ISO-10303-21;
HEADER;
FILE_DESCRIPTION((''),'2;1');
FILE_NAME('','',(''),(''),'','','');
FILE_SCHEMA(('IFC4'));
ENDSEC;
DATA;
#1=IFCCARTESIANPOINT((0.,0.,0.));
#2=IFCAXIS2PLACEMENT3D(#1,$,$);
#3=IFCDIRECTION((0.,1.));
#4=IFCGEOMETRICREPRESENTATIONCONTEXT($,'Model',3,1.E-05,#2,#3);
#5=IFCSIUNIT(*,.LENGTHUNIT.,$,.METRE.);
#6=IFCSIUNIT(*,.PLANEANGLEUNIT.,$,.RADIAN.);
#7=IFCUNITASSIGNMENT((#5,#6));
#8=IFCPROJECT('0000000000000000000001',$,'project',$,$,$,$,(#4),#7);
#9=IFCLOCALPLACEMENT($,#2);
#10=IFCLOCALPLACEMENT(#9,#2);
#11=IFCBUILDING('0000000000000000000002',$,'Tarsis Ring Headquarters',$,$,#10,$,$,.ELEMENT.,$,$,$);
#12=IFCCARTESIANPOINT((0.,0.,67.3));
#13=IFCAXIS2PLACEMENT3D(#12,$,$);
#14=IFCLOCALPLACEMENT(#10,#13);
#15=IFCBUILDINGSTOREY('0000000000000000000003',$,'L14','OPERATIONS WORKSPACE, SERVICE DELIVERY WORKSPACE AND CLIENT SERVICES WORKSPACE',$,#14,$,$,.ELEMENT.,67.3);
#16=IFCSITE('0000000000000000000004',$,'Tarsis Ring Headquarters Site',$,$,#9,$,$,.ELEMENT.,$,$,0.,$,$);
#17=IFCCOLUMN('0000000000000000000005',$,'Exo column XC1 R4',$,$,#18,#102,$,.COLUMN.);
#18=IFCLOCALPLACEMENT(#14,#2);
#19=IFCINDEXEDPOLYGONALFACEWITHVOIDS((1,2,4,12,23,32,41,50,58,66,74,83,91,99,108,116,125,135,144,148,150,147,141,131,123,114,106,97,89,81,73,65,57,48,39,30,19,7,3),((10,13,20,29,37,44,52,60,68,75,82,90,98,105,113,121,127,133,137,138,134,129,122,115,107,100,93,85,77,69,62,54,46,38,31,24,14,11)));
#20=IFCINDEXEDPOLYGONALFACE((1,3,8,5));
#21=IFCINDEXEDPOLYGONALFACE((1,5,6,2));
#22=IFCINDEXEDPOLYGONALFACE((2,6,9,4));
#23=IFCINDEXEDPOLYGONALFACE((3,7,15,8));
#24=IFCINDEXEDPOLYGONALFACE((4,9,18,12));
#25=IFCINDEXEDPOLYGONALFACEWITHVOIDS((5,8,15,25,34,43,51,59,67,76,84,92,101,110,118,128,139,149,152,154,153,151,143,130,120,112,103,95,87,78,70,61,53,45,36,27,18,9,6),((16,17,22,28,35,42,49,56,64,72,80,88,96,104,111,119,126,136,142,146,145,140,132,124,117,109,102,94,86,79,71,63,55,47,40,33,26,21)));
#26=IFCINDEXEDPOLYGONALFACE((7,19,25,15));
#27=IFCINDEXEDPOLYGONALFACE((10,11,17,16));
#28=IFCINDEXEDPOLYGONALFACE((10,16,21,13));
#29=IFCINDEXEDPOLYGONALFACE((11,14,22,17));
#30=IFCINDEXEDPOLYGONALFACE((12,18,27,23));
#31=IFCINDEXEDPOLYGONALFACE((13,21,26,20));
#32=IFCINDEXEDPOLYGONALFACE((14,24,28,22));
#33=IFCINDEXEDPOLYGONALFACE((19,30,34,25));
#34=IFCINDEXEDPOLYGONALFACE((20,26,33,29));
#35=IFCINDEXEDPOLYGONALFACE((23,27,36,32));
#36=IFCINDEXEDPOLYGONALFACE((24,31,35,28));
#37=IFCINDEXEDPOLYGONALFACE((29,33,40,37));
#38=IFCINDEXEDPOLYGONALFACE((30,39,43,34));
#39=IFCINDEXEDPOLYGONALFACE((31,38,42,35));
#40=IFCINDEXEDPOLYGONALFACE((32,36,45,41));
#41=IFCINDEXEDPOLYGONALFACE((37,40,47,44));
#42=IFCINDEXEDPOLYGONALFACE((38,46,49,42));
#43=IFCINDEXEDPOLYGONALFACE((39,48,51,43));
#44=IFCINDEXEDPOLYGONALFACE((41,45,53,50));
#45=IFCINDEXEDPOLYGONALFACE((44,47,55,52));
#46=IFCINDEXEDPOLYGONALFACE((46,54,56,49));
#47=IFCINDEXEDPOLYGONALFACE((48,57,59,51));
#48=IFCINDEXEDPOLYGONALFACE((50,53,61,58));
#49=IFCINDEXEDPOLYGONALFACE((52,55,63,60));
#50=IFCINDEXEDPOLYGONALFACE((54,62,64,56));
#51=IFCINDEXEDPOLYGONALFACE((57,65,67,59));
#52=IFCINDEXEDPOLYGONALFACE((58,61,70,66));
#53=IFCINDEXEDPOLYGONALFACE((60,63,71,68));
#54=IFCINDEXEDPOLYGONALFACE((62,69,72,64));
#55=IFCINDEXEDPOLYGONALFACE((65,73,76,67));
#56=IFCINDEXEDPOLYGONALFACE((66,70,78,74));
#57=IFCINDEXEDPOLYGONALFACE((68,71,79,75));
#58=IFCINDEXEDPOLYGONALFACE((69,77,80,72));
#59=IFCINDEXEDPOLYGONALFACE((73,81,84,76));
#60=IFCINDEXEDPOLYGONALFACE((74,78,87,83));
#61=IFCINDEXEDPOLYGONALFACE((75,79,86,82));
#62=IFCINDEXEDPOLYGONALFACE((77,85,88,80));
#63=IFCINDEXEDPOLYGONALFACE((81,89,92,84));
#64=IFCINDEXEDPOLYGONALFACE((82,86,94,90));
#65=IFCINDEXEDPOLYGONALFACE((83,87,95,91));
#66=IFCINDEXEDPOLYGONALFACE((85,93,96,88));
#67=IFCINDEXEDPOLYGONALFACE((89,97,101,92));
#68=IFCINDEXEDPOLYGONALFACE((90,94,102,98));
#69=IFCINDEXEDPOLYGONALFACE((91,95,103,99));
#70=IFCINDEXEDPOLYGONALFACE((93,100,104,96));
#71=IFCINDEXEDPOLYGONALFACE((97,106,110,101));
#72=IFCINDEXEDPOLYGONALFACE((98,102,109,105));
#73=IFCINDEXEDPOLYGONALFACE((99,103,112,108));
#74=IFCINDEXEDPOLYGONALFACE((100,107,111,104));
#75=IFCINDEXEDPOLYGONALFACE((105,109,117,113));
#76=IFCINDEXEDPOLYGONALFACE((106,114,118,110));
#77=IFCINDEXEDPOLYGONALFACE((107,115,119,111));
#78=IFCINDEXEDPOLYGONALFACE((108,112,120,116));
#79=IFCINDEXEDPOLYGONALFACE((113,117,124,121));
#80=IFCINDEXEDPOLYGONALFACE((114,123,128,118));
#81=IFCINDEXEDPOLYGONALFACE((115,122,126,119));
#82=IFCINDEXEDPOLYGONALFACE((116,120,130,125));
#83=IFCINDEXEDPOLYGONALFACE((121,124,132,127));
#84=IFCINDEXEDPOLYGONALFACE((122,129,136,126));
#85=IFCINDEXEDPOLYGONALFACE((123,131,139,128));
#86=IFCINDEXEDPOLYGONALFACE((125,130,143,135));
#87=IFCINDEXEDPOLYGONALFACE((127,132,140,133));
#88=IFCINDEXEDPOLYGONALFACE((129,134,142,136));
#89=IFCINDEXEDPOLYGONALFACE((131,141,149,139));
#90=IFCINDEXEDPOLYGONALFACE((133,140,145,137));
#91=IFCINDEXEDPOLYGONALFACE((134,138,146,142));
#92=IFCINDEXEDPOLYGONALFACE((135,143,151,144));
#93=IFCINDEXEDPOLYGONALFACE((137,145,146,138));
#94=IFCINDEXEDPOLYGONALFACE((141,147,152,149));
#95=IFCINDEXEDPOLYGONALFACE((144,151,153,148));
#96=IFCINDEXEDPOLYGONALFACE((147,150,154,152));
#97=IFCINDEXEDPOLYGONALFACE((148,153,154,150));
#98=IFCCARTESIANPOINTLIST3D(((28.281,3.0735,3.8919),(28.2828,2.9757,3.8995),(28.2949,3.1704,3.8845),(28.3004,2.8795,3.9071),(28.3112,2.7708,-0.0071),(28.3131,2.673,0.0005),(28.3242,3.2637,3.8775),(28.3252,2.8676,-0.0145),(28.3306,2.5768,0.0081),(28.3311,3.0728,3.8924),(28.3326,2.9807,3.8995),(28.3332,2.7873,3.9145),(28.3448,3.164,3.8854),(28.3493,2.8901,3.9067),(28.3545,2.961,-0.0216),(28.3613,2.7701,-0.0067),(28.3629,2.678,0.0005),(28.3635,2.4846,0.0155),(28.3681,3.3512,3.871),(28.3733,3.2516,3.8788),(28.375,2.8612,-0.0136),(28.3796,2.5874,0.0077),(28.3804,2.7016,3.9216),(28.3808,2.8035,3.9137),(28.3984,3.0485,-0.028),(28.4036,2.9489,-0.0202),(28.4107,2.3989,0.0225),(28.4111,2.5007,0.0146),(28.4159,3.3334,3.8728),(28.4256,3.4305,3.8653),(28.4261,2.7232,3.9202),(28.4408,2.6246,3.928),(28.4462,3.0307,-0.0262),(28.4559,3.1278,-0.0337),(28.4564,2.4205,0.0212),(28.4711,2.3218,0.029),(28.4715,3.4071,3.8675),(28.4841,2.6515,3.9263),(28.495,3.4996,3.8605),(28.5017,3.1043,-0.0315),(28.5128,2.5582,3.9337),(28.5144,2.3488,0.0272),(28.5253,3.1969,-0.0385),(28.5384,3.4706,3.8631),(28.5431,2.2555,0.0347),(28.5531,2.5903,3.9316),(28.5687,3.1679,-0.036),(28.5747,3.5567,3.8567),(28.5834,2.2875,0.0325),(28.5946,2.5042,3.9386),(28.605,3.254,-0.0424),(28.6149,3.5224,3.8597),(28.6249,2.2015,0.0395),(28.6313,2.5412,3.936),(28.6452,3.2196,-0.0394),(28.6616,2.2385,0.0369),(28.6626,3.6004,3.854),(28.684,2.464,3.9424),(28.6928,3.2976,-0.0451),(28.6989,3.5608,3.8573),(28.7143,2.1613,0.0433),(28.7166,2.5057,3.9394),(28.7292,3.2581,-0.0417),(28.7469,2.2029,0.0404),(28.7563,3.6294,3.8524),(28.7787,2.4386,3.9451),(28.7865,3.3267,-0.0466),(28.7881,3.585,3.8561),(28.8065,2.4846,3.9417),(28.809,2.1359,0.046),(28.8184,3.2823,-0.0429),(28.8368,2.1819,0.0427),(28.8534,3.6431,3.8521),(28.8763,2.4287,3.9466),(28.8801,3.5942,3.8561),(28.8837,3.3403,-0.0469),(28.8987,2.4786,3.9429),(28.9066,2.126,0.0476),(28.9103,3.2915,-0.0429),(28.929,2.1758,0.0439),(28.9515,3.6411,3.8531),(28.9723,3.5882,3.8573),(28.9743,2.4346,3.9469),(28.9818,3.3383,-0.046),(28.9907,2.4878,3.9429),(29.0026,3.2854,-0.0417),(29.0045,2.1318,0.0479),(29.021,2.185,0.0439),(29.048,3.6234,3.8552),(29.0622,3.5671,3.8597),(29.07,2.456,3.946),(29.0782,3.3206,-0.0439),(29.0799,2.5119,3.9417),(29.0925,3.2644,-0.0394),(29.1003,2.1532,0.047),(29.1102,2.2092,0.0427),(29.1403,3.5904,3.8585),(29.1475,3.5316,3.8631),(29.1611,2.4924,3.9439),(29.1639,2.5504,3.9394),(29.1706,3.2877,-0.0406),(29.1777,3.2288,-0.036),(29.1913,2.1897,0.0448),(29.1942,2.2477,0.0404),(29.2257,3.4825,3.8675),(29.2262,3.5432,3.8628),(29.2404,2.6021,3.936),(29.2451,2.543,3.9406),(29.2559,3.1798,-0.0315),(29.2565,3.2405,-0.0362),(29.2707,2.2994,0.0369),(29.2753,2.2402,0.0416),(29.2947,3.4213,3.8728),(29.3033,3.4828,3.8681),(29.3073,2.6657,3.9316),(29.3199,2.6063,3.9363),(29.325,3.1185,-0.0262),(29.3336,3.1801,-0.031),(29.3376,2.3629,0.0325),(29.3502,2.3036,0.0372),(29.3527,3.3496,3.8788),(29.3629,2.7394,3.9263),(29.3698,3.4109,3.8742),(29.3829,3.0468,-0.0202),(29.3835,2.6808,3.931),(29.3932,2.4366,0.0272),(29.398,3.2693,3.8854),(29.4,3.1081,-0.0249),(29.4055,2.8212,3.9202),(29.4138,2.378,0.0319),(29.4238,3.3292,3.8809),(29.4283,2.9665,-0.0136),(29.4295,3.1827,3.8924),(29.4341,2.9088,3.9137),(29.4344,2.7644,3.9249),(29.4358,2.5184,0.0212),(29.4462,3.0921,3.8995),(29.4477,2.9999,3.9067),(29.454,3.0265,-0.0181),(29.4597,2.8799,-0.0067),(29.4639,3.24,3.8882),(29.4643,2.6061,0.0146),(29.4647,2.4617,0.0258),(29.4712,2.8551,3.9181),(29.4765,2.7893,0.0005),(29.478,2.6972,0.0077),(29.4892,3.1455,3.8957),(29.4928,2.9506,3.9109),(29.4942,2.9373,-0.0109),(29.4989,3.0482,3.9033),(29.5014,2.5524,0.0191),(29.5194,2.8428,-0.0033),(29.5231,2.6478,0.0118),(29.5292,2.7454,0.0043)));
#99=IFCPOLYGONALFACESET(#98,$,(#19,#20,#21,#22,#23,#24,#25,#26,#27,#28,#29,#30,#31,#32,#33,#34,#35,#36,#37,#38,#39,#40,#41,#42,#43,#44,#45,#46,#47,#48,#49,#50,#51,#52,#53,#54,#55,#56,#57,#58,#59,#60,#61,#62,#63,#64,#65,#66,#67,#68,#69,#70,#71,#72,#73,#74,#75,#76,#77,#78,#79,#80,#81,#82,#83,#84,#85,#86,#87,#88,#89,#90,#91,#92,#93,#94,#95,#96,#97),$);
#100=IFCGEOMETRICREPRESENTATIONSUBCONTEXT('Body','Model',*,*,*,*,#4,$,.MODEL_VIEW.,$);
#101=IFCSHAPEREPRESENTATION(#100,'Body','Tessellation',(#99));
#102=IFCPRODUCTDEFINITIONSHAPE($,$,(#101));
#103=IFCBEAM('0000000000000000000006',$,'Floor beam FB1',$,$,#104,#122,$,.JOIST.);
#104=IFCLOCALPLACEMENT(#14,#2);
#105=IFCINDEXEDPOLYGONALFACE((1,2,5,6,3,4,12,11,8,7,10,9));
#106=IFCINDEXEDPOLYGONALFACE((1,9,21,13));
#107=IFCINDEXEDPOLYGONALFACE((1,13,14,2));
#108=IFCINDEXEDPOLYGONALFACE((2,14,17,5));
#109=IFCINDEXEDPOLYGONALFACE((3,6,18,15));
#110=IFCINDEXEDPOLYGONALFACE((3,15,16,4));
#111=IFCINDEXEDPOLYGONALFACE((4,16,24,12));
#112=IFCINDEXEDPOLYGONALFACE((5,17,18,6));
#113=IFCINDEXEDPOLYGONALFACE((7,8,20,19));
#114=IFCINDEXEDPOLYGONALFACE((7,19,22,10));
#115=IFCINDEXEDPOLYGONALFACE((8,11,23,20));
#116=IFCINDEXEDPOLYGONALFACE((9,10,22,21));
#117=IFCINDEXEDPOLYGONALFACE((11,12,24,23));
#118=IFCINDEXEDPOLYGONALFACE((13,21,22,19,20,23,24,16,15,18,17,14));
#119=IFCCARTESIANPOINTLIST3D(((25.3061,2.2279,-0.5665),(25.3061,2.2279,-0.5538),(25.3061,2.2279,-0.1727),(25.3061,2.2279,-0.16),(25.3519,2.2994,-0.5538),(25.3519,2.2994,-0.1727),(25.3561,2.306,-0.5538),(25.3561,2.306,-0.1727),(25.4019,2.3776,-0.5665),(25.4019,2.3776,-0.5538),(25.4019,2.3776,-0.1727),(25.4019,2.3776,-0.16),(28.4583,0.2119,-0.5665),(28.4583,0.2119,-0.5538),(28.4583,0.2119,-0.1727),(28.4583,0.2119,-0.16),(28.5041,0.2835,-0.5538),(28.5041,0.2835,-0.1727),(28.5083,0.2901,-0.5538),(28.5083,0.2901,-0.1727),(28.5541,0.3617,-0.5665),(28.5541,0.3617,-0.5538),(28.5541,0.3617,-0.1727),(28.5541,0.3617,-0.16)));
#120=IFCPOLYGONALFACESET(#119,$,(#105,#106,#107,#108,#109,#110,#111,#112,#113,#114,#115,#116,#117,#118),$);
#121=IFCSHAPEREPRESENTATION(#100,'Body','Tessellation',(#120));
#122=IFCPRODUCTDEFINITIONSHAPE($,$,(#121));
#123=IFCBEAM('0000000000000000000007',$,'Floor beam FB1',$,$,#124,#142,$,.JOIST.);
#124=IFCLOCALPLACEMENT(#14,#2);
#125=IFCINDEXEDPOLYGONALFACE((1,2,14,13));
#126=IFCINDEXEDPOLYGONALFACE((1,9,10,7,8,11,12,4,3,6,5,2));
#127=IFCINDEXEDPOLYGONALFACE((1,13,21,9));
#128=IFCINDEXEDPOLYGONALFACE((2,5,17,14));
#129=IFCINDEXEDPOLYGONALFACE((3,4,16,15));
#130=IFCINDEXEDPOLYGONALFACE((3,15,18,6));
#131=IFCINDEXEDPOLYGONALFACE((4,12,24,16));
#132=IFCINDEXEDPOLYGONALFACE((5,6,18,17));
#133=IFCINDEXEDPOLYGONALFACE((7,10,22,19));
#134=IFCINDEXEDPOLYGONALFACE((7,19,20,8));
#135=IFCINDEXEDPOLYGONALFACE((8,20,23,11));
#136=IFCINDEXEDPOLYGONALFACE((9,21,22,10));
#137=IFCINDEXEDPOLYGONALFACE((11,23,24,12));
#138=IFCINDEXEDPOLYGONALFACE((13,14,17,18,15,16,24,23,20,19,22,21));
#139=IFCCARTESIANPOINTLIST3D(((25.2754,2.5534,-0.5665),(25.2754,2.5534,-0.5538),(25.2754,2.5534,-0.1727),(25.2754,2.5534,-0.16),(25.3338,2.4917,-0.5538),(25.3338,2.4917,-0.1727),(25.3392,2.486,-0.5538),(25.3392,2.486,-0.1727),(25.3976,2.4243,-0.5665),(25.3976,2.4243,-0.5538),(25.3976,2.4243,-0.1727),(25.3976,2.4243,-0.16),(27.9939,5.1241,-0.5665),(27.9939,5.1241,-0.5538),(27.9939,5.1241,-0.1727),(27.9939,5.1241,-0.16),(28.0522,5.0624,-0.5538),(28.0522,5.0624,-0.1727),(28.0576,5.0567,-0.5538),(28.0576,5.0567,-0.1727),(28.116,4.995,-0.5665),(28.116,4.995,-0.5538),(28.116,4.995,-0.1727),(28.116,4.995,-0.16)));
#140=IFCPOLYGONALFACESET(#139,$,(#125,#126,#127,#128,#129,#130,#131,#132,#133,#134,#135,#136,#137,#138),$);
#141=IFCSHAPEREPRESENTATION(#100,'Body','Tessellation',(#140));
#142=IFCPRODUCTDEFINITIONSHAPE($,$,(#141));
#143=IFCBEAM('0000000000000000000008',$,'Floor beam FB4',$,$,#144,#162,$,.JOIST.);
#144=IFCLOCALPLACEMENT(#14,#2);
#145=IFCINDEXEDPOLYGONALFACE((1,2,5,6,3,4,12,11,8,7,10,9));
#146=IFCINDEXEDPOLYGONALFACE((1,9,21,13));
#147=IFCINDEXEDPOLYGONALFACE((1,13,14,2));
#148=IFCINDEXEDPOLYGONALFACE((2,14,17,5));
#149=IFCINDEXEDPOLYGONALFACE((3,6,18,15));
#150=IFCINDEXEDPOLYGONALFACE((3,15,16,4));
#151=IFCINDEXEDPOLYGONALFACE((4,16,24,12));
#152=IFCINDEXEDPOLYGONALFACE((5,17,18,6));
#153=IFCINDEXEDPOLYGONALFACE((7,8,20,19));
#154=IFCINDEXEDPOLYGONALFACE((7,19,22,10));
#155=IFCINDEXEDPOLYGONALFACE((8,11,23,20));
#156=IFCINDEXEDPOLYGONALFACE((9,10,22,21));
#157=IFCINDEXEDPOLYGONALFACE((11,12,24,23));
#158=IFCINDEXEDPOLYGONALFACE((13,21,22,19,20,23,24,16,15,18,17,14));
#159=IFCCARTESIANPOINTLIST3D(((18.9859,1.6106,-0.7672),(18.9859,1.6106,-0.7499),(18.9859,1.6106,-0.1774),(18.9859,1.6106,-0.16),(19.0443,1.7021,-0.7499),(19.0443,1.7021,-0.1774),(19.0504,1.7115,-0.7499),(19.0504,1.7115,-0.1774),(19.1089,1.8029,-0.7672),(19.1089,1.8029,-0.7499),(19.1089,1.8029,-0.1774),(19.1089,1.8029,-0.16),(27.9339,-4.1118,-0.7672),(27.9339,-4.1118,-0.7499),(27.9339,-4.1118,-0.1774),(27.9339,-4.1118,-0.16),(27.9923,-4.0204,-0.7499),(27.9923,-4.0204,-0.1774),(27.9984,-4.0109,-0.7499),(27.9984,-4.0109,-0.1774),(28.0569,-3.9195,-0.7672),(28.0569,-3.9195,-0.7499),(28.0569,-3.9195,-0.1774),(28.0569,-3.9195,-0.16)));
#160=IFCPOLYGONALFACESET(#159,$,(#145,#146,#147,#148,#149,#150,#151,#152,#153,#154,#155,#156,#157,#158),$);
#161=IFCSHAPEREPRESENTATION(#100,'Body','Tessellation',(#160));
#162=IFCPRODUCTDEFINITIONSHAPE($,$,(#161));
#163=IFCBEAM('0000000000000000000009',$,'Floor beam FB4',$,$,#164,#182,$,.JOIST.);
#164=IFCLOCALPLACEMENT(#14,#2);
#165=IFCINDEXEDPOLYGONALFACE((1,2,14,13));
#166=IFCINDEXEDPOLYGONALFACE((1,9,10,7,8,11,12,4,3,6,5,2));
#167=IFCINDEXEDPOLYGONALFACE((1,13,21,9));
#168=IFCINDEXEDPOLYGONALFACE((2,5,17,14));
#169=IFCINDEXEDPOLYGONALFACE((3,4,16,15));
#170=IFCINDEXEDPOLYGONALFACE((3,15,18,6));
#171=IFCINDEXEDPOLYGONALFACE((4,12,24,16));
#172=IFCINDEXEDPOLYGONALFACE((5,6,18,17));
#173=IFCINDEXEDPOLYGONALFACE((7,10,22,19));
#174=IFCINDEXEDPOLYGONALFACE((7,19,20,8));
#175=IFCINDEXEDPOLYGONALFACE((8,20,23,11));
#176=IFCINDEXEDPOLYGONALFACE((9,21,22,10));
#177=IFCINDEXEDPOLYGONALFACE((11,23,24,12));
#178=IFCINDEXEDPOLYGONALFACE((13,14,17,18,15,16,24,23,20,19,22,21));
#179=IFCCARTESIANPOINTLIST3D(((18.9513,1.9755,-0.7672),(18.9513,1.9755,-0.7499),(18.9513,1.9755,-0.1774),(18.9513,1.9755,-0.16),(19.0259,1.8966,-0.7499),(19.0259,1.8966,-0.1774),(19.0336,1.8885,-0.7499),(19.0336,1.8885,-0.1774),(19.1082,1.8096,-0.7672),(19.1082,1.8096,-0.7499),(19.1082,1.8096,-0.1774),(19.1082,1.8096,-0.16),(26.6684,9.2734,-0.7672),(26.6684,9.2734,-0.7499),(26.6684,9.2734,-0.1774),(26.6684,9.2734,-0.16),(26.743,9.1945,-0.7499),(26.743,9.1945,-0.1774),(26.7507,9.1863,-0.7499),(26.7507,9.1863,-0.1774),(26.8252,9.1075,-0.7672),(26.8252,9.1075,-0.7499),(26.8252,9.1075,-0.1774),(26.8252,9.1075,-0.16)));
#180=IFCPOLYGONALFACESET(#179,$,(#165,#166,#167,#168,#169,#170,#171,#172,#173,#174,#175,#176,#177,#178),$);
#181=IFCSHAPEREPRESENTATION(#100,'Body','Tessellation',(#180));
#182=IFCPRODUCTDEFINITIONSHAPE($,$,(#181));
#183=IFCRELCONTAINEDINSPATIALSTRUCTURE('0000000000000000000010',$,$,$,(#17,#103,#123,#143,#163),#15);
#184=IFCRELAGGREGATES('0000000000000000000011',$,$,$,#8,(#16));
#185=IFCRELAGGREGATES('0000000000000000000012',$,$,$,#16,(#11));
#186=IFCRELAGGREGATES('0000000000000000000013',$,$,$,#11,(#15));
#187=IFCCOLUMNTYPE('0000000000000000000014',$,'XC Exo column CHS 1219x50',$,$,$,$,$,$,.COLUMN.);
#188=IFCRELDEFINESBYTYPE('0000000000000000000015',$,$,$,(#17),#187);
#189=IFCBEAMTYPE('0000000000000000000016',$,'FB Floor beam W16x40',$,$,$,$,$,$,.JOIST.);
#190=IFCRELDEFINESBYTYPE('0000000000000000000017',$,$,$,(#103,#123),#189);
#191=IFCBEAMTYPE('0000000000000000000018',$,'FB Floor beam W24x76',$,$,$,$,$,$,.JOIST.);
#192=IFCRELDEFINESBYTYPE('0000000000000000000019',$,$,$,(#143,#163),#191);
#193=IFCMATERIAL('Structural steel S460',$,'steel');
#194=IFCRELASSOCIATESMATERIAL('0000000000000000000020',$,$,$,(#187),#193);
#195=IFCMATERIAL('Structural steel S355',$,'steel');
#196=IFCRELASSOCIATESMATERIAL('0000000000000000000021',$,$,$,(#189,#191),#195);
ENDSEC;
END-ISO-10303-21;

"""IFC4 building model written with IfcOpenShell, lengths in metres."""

from ifc_helpers import new_model, si_unit, direction, frame, origin, origin_2d, place, context, subcontext, project, spatial, hollow_circle, i_section, extrude, material, material_profile, profile_set, type_object, element, save


model = new_model("IFC4")

# Units and contexts
model_context = context("Model", 3, precision=1e-05, world=origin(), true_north=direction((0.0, 1.0)))
body_context = subcontext(model_context, "Body", "Model", "MODEL_VIEW")
ifc_project = project(units=[si_unit("LENGTHUNIT", "METRE"), si_unit("PLANEANGLEUNIT", "RADIAN")], contexts=[model_context])

# Site, building, storey
site_placement = place(None, origin())
site = spatial("IfcSite", under=ifc_project, at=site_placement, Name="Tarsis Ring Headquarters Site", CompositionType="ELEMENT", RefElevation=0.0)
building_placement = place(site_placement, origin())
building = spatial("IfcBuilding", under=site, at=building_placement, Name="Tarsis Ring Headquarters", CompositionType="ELEMENT")
storey_placement = place(building_placement, frame((0.0, 0.0, 67.3)))
storey = spatial("IfcBuildingStorey", under=building, at=storey_placement, Name="L14", Description="OPERATIONS WORKSPACE, SERVICE DELIVERY WORKSPACE AND CLIENT SERVICES WORKSPACE", CompositionType="ELEMENT", Elevation=67.3)

# Column
ifc_material_1 = material(Name="Structural steel S460", Category="steel")
ifc_material_profile_1 = material_profile(ifc_material_1, hollow_circle(Radius=0.6096, WallThickness=0.05, at=origin_2d()), Name="CHS 1219x50")
ifc_profile_set_1 = profile_set([ifc_material_profile_1], Name="Structural steel S460")
column_type = type_object("IfcColumnType", Name="XC Exo column CHS 1219x50", PredefinedType="COLUMN", material=ifc_profile_set_1)
column_placement = place(storey_placement, frame((28.9197, 2.7336, 0.0005), z_axis=(-0.007741, 0.07741, 0.996969), x_axis=(-0.995037, -0.099504, 0.0)))
element("IfcColumn", 1, at=column_placement, inside=storey, type_object=column_type, Name="Exo column XC1 R4", PredefinedType="COLUMN", context=body_context, shape_type="SweptSolid", body=[
    extrude(hollow_circle(Radius=0.6096, WallThickness=0.05, at=origin_2d()), origin(), (0.0, 0.0, 1.0), 3.9109),
])

# Beams
ifc_material_2 = material(Name="Structural steel S355", Category="steel")
ifc_material_profile_2 = material_profile(ifc_material_2, i_section(OverallWidth=0.1777, OverallDepth=0.4065, WebThickness=0.0078, FlangeThickness=0.0127, at=origin_2d()), Name="W16x40")
ifc_profile_set_2 = profile_set([ifc_material_profile_2], Name="Structural steel S355")
beam_type_1 = type_object("IfcBeamType", Name="FB Floor beam W16x40", PredefinedType="JOIST", material=ifc_profile_set_2)
beam_1_placement = place(storey_placement, frame((25.354, 2.3027, -0.3633), z_axis=(0.84245, -0.538774, 0.0), x_axis=(0.538774, 0.84245, 0.0)))
element("IfcBeam", 2, at=beam_1_placement, inside=storey, type_object=beam_type_1, Name="Floor beam FB1", PredefinedType="JOIST", context=body_context, shape_type="SweptSolid", body=[
    extrude(i_section(OverallWidth=0.1777, OverallDepth=0.4065, WebThickness=0.0078, FlangeThickness=0.0127, at=origin_2d()), origin(), (0.0, 0.0, 1.0), 3.7417),
])
beam_2_placement = place(storey_placement, frame((28.0549, 5.0596, -0.3633), z_axis=(-0.72657, -0.687093, 0.0), x_axis=(0.687093, -0.72657, 0.0)))
element("IfcBeam", 3, at=beam_2_placement, inside=storey, type_object=beam_type_1, Name="Floor beam FB1", PredefinedType="JOIST", context=body_context, shape_type="SweptSolid", body=[
    extrude(i_section(OverallWidth=0.1777, OverallDepth=0.4065, WebThickness=0.0078, FlangeThickness=0.0127, at=origin_2d()), origin(), (0.0, 0.0, 1.0), 3.7415),
])
ifc_material_profile_3 = material_profile(ifc_material_2, i_section(OverallWidth=0.2283, OverallDepth=0.6072, WebThickness=0.0112, FlangeThickness=0.0173, at=origin_2d()), Name="W24x76")
ifc_profile_set_3 = profile_set([ifc_material_profile_3], Name="Structural steel S355")
beam_type_2 = type_object("IfcBeamType", Name="FB Floor beam W24x76", PredefinedType="JOIST", material=ifc_profile_set_3)
for number, where, z_axis, x_axis, name in (
    (4, (19.0474, 1.7068, -0.4636), (0.842455, -0.538766, 0.0), (0.538766, 0.842455, 0.0), "Floor beam FB4"),
    (5, (26.7468, 9.1904, -0.4636), (-0.726565, -0.687098, 0.0), (0.687098, -0.726565, 0.0), "Floor beam FB4"),
):
    element("IfcBeam", number, at=place(storey_placement, frame(where, z_axis=z_axis, x_axis=x_axis)), inside=storey, type_object=beam_type_2, Name=name, PredefinedType="JOIST", context=body_context, shape_type="SweptSolid", body=[
        extrude(i_section(OverallWidth=0.2283, OverallDepth=0.6072, WebThickness=0.0112, FlangeThickness=0.0173, at=origin_2d()), origin(), (0.0, 0.0, 1.0), 10.6213),
    ])

save(model, "model.ifc")
